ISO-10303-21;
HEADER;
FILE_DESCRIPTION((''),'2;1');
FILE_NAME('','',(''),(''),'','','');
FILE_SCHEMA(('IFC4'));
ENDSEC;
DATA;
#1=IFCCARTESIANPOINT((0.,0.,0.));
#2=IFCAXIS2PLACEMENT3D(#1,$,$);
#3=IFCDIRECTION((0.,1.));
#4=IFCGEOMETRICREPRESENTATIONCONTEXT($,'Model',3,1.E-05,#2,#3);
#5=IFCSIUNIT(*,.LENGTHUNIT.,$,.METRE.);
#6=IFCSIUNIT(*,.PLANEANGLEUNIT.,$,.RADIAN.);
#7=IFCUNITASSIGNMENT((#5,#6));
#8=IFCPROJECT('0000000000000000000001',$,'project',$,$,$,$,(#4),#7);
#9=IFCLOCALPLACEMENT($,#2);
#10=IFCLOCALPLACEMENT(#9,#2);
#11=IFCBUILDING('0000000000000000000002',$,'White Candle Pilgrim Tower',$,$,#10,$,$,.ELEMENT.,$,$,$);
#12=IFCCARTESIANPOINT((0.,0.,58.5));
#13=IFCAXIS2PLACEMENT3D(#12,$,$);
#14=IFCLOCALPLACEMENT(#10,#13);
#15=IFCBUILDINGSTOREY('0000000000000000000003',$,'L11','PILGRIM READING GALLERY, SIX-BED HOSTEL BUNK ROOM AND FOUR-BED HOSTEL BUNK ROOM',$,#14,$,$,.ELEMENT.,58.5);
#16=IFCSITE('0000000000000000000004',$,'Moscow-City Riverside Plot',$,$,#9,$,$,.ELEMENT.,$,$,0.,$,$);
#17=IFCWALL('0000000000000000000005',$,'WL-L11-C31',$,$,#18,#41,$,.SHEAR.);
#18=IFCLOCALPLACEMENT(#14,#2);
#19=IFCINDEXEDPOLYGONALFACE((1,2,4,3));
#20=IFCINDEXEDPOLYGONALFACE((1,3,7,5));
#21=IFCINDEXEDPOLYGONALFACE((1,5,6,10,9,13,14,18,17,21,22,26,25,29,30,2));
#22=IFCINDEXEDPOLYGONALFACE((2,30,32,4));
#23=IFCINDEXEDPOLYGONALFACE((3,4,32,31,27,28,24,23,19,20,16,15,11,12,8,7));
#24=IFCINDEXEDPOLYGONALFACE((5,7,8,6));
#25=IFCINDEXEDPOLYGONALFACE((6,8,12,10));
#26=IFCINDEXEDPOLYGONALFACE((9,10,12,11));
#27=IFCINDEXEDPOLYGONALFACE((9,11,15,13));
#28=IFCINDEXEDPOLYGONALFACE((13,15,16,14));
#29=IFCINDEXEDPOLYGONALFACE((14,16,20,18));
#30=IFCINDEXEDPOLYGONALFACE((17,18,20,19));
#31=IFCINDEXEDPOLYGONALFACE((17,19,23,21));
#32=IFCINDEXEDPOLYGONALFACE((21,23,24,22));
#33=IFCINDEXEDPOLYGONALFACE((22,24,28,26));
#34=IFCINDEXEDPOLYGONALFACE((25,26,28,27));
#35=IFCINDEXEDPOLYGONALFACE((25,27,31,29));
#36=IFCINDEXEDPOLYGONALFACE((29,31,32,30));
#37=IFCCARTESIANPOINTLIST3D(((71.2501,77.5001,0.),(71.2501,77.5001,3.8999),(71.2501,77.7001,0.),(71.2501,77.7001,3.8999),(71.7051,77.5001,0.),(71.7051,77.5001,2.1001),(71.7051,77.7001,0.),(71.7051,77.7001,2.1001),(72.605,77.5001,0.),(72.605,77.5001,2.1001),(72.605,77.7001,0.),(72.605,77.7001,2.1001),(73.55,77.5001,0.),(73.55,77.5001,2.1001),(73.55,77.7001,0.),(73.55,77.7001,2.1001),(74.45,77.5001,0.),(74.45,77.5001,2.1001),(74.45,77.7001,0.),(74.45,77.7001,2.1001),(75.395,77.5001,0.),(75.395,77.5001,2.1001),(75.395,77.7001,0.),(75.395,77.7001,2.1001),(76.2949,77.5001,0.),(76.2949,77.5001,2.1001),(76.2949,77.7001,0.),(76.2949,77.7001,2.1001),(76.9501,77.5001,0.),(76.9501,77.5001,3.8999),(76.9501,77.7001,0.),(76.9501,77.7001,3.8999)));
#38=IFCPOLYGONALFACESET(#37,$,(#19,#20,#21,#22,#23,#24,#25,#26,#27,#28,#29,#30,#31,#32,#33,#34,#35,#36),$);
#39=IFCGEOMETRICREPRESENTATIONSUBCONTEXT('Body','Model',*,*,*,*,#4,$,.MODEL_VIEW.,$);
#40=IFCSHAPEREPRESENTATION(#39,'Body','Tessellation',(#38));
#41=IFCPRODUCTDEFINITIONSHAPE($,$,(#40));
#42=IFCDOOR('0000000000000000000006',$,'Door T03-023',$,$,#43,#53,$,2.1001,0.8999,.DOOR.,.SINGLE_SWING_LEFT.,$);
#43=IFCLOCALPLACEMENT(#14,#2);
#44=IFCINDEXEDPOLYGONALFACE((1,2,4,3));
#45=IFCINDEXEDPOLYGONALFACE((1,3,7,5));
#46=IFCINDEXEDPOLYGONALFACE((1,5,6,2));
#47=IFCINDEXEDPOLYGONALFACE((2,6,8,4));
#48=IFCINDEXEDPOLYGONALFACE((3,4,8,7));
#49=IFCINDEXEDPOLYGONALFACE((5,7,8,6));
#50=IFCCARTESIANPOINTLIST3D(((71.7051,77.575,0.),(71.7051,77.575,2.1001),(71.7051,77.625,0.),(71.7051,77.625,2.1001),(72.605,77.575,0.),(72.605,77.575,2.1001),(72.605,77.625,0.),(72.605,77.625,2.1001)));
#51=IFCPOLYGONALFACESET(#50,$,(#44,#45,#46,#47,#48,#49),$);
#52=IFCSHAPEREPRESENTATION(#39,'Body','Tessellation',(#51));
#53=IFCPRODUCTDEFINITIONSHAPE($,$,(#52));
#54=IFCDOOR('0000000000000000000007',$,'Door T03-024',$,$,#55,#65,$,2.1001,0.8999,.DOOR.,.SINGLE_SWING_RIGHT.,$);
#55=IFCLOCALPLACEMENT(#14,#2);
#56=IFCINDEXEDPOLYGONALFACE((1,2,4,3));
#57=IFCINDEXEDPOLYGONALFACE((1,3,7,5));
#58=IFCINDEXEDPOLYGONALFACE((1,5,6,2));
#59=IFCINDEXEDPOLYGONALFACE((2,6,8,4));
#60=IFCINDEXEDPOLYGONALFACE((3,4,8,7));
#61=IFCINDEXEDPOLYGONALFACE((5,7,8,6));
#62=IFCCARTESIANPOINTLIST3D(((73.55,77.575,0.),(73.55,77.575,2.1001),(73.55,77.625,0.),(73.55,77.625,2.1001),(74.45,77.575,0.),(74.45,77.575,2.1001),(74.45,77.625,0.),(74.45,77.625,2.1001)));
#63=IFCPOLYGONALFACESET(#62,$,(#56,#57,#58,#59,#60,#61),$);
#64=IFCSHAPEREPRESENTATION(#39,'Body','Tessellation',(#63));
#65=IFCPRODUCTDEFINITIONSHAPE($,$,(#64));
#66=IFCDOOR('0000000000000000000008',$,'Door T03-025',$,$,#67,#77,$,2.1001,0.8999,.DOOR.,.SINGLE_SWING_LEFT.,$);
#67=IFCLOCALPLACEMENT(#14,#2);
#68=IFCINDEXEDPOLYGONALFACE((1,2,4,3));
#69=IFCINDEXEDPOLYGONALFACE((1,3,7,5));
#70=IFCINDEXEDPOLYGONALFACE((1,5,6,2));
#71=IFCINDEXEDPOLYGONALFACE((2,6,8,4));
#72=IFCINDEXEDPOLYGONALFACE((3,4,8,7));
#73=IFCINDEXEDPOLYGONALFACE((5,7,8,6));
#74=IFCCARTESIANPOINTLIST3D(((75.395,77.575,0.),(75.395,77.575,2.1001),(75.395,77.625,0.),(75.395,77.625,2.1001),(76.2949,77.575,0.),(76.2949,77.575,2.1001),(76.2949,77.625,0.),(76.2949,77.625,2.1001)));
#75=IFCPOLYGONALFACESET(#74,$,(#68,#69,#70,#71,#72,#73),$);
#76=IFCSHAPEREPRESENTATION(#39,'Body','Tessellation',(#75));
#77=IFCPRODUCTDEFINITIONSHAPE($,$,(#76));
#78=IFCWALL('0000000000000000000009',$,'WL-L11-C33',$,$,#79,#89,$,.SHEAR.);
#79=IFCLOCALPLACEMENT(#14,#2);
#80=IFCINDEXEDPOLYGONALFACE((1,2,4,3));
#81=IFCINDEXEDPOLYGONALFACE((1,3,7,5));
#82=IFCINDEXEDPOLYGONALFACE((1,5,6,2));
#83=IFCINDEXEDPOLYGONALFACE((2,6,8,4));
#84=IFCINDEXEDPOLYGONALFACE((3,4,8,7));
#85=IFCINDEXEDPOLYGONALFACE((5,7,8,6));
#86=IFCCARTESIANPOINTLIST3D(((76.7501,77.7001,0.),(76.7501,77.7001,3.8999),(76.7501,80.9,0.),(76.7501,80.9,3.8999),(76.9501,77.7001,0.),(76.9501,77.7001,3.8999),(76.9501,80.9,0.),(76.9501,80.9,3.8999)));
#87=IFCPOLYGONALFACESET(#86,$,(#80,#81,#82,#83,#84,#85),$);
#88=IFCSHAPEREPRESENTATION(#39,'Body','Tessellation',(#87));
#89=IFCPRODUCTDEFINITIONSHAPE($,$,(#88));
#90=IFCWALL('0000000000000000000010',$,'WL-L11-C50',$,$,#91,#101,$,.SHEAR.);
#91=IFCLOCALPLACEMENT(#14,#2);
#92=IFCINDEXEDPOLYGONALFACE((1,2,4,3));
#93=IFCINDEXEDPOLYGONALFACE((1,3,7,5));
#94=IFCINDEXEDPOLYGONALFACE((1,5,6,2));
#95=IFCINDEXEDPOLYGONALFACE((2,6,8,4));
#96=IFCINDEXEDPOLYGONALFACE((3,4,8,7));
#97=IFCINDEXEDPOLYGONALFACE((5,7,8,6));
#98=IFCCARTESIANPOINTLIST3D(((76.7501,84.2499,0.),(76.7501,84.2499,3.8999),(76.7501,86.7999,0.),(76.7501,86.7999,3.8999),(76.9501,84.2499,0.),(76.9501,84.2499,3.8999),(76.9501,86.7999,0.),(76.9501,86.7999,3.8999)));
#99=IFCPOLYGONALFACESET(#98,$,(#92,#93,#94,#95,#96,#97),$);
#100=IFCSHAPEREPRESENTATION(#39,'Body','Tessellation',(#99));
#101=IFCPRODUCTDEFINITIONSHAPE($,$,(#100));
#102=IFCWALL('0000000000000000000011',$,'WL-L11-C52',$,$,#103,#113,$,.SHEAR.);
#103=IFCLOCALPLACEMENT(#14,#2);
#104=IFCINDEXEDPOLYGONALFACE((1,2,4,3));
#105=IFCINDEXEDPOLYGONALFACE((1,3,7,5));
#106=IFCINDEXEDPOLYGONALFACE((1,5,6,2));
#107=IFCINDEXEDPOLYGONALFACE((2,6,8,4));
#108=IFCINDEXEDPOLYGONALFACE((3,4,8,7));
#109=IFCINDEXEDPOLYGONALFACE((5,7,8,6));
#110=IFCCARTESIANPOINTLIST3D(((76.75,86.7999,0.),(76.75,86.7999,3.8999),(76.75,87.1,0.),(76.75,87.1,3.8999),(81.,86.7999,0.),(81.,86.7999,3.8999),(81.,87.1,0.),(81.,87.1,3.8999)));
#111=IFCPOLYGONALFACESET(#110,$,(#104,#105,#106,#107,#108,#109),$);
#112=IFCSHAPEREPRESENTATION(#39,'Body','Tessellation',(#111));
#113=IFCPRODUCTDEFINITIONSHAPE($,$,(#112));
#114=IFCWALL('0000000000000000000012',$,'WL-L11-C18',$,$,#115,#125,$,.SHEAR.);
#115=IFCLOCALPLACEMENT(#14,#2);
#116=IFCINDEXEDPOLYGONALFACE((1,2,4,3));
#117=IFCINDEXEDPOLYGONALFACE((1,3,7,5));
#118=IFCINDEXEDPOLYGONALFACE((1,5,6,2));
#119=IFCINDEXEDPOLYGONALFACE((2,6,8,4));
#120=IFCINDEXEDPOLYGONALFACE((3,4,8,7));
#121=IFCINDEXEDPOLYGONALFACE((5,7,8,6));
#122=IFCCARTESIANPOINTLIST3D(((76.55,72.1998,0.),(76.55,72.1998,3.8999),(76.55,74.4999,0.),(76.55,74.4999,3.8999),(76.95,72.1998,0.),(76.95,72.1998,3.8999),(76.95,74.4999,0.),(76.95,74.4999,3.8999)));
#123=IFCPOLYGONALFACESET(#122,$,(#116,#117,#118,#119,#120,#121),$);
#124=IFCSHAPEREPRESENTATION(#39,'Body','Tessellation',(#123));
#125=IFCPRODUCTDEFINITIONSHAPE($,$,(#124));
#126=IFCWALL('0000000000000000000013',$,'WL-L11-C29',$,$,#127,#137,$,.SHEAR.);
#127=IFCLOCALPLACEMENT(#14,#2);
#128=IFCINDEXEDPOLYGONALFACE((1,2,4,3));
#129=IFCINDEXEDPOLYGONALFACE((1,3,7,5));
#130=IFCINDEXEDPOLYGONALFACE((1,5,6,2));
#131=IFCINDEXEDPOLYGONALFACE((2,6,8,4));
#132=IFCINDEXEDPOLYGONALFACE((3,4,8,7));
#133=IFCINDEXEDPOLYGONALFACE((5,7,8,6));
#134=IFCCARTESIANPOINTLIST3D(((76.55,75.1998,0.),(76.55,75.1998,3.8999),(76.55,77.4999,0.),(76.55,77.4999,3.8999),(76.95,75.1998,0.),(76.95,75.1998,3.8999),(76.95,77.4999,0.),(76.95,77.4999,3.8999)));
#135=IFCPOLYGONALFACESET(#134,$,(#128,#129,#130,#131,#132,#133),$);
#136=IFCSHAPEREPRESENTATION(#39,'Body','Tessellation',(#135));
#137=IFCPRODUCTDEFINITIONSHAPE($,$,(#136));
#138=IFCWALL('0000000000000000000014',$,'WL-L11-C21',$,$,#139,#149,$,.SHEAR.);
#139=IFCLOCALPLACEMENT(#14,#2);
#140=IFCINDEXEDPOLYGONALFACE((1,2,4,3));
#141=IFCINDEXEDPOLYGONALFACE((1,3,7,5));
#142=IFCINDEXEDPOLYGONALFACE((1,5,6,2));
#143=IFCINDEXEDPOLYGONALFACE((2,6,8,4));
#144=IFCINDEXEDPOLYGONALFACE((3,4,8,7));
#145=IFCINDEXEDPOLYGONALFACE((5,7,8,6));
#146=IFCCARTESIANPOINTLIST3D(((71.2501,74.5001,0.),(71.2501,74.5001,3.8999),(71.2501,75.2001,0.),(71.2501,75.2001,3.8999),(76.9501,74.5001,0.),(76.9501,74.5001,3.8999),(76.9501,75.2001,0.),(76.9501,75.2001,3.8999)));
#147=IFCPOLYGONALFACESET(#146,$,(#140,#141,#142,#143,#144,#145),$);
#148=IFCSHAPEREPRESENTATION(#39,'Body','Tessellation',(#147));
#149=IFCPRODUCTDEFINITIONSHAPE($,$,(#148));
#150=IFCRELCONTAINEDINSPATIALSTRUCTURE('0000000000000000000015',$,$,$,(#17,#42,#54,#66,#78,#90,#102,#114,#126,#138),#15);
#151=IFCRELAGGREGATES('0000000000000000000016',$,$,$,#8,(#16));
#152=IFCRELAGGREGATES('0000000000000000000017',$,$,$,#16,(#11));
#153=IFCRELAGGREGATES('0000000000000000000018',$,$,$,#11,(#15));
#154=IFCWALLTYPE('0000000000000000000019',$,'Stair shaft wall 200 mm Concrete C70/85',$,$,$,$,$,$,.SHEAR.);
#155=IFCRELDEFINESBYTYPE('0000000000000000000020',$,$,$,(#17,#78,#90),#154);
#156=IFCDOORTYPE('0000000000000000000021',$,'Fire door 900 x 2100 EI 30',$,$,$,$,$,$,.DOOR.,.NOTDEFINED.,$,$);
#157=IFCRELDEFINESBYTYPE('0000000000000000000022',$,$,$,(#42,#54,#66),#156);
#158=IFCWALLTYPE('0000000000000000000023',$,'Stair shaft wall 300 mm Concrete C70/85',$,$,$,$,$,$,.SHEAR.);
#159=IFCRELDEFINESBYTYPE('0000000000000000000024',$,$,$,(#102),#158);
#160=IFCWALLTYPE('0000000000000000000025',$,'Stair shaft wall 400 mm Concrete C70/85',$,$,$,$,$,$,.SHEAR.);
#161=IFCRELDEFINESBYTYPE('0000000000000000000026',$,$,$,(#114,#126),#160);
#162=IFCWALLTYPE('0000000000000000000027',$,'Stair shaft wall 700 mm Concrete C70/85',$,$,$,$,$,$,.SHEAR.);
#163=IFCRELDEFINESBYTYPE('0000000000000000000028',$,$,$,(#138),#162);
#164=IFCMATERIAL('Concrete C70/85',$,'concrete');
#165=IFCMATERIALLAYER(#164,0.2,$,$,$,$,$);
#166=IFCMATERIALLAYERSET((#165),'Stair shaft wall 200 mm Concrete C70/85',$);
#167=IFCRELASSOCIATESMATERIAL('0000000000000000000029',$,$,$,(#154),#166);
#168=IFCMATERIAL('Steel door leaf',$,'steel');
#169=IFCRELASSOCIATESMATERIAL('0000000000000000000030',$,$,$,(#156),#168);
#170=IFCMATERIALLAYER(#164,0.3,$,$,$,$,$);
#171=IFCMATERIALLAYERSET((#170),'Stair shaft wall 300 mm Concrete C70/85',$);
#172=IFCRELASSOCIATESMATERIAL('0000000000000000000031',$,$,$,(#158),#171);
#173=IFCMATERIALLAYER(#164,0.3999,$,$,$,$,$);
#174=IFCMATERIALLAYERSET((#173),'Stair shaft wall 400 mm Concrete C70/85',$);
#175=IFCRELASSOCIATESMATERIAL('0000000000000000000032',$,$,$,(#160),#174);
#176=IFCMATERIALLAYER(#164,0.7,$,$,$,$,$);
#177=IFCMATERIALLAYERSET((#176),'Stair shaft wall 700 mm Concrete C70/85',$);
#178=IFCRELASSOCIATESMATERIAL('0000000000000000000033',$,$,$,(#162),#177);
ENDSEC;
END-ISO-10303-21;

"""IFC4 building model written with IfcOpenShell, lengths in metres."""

from ifc_helpers import new_model, si_unit, direction, frame, frame_2d, origin, place, context, subcontext, project, spatial, rectangle, extrude, material, layer, layer_set, type_object, element, fill, save


model = new_model("IFC4")

# Units and contexts
model_context = context("Model", 3, precision=1e-05, world=origin(), true_north=direction((0.0, 1.0)))
body_context = subcontext(model_context, "Body", "Model", "MODEL_VIEW")
ifc_project = project(units=[si_unit("LENGTHUNIT", "METRE"), si_unit("PLANEANGLEUNIT", "RADIAN")], contexts=[model_context])

# Site, building, storey
site_placement = place(None, origin())
site = spatial("IfcSite", under=ifc_project, at=site_placement, Name="Moscow-City Riverside Plot", CompositionType="ELEMENT", RefElevation=0.0)
building_placement = place(site_placement, origin())
building = spatial("IfcBuilding", under=site, at=building_placement, Name="White Candle Pilgrim Tower", CompositionType="ELEMENT")
storey_placement = place(building_placement, frame((0.0, 0.0, 58.5)))
storey = spatial("IfcBuildingStorey", under=building, at=storey_placement, Name="L11", Description="PILGRIM READING GALLERY, SIX-BED HOSTEL BUNK ROOM AND FOUR-BED HOSTEL BUNK ROOM", CompositionType="ELEMENT", Elevation=58.5)

# Shared definitions
ifc_material_1 = material(Name="Concrete C70/85", Category="concrete")

# Wall, openings, doors
ifc_layer_1 = layer(ifc_material_1, 0.2)
ifc_layer_set_1 = layer_set([ifc_layer_1], Name="Stair shaft wall 200 mm Concrete C70/85")
wall_type_1 = type_object("IfcWallType", Name="Stair shaft wall 200 mm Concrete C70/85", PredefinedType="SHEAR", material=ifc_layer_set_1)
wall_1_placement = place(storey_placement, frame((71.25, 77.6001, 0.0), z_axis=(0.0, 0.0, 1.0), x_axis=(1.0, 0.0, 0.0)))
wall_1 = element("IfcWall", 1, at=wall_1_placement, inside=storey, type_object=wall_type_1, Name="WL-L11-C31", PredefinedType="SHEAR", context=body_context, shape_type="SweptSolid", body=[
    extrude(rectangle(XDim=5.7, YDim=0.2, at=frame_2d((2.8501, 0.0))), origin(), (0.0, 0.0, 1.0), 3.8999),
])
opening_1_placement = place(wall_1_placement, frame((0.4551, 0.0, 0.0)))
opening_1 = element("IfcOpeningElement", 2, at=opening_1_placement, cuts=wall_1, PredefinedType="OPENING", context=body_context, shape_type="SweptSolid", body=[
    extrude(rectangle(XDim=0.8999, YDim=2.1001, at=frame_2d((0.45, 1.05))), frame((0.0, 0.1099, 0.0), z_axis=(0.0, -1.0, 0.0), x_axis=(1.0, 0.0, 0.0)), (0.0, 0.0, 1.0), 0.22),
])
opening_2_placement = place(wall_1_placement, frame((2.3, 0.0, 0.0)))
opening_2 = element("IfcOpeningElement", 3, at=opening_2_placement, cuts=wall_1, PredefinedType="OPENING", context=body_context, shape_type="SweptSolid", body=[
    extrude(rectangle(XDim=0.8999, YDim=2.1001, at=frame_2d((0.45, 1.05))), frame((0.0, 0.1099, 0.0), z_axis=(0.0, -1.0, 0.0), x_axis=(1.0, 0.0, 0.0)), (0.0, 0.0, 1.0), 0.22),
])
opening_3_placement = place(wall_1_placement, frame((4.145, 0.0, 0.0)))
opening_3 = element("IfcOpeningElement", 4, at=opening_3_placement, cuts=wall_1, PredefinedType="OPENING", context=body_context, shape_type="SweptSolid", body=[
    extrude(rectangle(XDim=0.8999, YDim=2.1001, at=frame_2d((0.45, 1.05))), frame((0.0, 0.1099, 0.0), z_axis=(0.0, -1.0, 0.0), x_axis=(1.0, 0.0, 0.0)), (0.0, 0.0, 1.0), 0.22),
])
ifc_material_2 = material(Name="Steel door leaf", Category="steel")
door_type = type_object("IfcDoorType", Name="Fire door 900 x 2100 EI 30", OperationType="NOTDEFINED", PredefinedType="DOOR", material=ifc_material_2)
door_1_placement = place(opening_1_placement, origin())
door_1 = element("IfcDoor", 5, at=door_1_placement, inside=storey, type_object=door_type, Name="Door T03-023", OperationType="SINGLE_SWING_LEFT", OverallHeight=2.1001, OverallWidth=0.8999, PredefinedType="DOOR", context=body_context, shape_type="SweptSolid", body=[
    extrude(rectangle(XDim=0.8999, YDim=2.1001, at=frame_2d((0.45, 1.05))), frame((0.0, 0.0249, 0.0), z_axis=(0.0, -1.0, 0.0), x_axis=(1.0, 0.0, 0.0)), (0.0, 0.0, 1.0), 0.05),
])
fill(opening_1, door_1)
door_2_placement = place(opening_2_placement, origin())
door_2 = element("IfcDoor", 6, at=door_2_placement, inside=storey, type_object=door_type, Name="Door T03-024", OperationType="SINGLE_SWING_RIGHT", OverallHeight=2.1001, OverallWidth=0.8999, PredefinedType="DOOR", context=body_context, shape_type="SweptSolid", body=[
    extrude(rectangle(XDim=0.8999, YDim=2.1001, at=frame_2d((0.45, 1.05))), frame((0.0, 0.0249, 0.0), z_axis=(0.0, -1.0, 0.0), x_axis=(1.0, 0.0, 0.0)), (0.0, 0.0, 1.0), 0.05),
])
fill(opening_2, door_2)
door_3_placement = place(opening_3_placement, origin())
door_3 = element("IfcDoor", 7, at=door_3_placement, inside=storey, type_object=door_type, Name="Door T03-025", OperationType="SINGLE_SWING_LEFT", OverallHeight=2.1001, OverallWidth=0.8999, PredefinedType="DOOR", context=body_context, shape_type="SweptSolid", body=[
    extrude(rectangle(XDim=0.8999, YDim=2.1001, at=frame_2d((0.45, 1.05))), frame((0.0, 0.0249, 0.0), z_axis=(0.0, -1.0, 0.0), x_axis=(1.0, 0.0, 0.0)), (0.0, 0.0, 1.0), 0.05),
])
fill(opening_3, door_3)

# Walls
wall_2_placement = place(storey_placement, frame((76.8501, 77.7, 0.0), z_axis=(0.0, 0.0, 1.0), x_axis=(0.0, 1.0, 0.0)))
element("IfcWall", 8, at=wall_2_placement, inside=storey, type_object=wall_type_1, Name="WL-L11-C33", PredefinedType="SHEAR", context=body_context, shape_type="SweptSolid", body=[
    extrude(rectangle(XDim=3.2, YDim=0.2, at=frame_2d((1.6001, 0.0))), origin(), (0.0, 0.0, 1.0), 3.8999),
])
wall_3_placement = place(storey_placement, frame((76.8501, 84.25, 0.0), z_axis=(0.0, 0.0, 1.0), x_axis=(0.0, 1.0, 0.0)))
element("IfcWall", 9, at=wall_3_placement, inside=storey, type_object=wall_type_1, Name="WL-L11-C50", PredefinedType="SHEAR", context=body_context, shape_type="SweptSolid", body=[
    extrude(rectangle(XDim=2.55, YDim=0.2, at=frame_2d((1.2749, 0.0))), origin(), (0.0, 0.0, 1.0), 3.8999),
])
ifc_layer_2 = layer(ifc_material_1, 0.3)
ifc_layer_set_2 = layer_set([ifc_layer_2], Name="Stair shaft wall 300 mm Concrete C70/85")
wall_type_2 = type_object("IfcWallType", Name="Stair shaft wall 300 mm Concrete C70/85", PredefinedType="SHEAR", material=ifc_layer_set_2)
wall_4_placement = place(storey_placement, frame((76.75, 86.95, 0.0), z_axis=(0.0, 0.0, 1.0), x_axis=(1.0, 0.0, 0.0)))
element("IfcWall", 10, at=wall_4_placement, inside=storey, type_object=wall_type_2, Name="WL-L11-C52", PredefinedType="SHEAR", context=body_context, shape_type="SweptSolid", body=[
    extrude(rectangle(XDim=4.25, YDim=0.3, at=frame_2d((2.125, 0.0))), origin(), (0.0, 0.0, 1.0), 3.8999),
])
ifc_layer_3 = layer(ifc_material_1, 0.3999)
ifc_layer_set_3 = layer_set([ifc_layer_3], Name="Stair shaft wall 400 mm Concrete C70/85")
wall_type_3 = type_object("IfcWallType", Name="Stair shaft wall 400 mm Concrete C70/85", PredefinedType="SHEAR", material=ifc_layer_set_3)
for number, where, z_axis, x_axis, name in (
    (11, (76.75, 72.2, 0.0), (0.0, 0.0, 1.0), (0.0, 1.0, 0.0), "WL-L11-C18"),
    (12, (76.75, 75.2, 0.0), (0.0, 0.0, 1.0), (0.0, 1.0, 0.0), "WL-L11-C29"),
):
    element("IfcWall", number, at=place(storey_placement, frame(where, z_axis=z_axis, x_axis=x_axis)), inside=storey, type_object=wall_type_3, Name=name, PredefinedType="SHEAR", context=body_context, shape_type="SweptSolid", body=[
        extrude(rectangle(XDim=2.3, YDim=0.3999, at=frame_2d((1.1499, 0.0))), origin(), (0.0, 0.0, 1.0), 3.8999),
    ])
ifc_layer_4 = layer(ifc_material_1, 0.7)
ifc_layer_set_4 = layer_set([ifc_layer_4], Name="Stair shaft wall 700 mm Concrete C70/85")
wall_type_4 = type_object("IfcWallType", Name="Stair shaft wall 700 mm Concrete C70/85", PredefinedType="SHEAR", material=ifc_layer_set_4)
wall_5_placement = place(storey_placement, frame((71.25, 74.8501, 0.0), z_axis=(0.0, 0.0, 1.0), x_axis=(1.0, 0.0, 0.0)))
element("IfcWall", 13, at=wall_5_placement, inside=storey, type_object=wall_type_4, Name="WL-L11-C21", PredefinedType="SHEAR", context=body_context, shape_type="SweptSolid", body=[
    extrude(rectangle(XDim=5.7, YDim=0.7, at=frame_2d((2.8501, 0.0))), origin(), (0.0, 0.0, 1.0), 3.8999),
])

save(model, "model.ifc")
